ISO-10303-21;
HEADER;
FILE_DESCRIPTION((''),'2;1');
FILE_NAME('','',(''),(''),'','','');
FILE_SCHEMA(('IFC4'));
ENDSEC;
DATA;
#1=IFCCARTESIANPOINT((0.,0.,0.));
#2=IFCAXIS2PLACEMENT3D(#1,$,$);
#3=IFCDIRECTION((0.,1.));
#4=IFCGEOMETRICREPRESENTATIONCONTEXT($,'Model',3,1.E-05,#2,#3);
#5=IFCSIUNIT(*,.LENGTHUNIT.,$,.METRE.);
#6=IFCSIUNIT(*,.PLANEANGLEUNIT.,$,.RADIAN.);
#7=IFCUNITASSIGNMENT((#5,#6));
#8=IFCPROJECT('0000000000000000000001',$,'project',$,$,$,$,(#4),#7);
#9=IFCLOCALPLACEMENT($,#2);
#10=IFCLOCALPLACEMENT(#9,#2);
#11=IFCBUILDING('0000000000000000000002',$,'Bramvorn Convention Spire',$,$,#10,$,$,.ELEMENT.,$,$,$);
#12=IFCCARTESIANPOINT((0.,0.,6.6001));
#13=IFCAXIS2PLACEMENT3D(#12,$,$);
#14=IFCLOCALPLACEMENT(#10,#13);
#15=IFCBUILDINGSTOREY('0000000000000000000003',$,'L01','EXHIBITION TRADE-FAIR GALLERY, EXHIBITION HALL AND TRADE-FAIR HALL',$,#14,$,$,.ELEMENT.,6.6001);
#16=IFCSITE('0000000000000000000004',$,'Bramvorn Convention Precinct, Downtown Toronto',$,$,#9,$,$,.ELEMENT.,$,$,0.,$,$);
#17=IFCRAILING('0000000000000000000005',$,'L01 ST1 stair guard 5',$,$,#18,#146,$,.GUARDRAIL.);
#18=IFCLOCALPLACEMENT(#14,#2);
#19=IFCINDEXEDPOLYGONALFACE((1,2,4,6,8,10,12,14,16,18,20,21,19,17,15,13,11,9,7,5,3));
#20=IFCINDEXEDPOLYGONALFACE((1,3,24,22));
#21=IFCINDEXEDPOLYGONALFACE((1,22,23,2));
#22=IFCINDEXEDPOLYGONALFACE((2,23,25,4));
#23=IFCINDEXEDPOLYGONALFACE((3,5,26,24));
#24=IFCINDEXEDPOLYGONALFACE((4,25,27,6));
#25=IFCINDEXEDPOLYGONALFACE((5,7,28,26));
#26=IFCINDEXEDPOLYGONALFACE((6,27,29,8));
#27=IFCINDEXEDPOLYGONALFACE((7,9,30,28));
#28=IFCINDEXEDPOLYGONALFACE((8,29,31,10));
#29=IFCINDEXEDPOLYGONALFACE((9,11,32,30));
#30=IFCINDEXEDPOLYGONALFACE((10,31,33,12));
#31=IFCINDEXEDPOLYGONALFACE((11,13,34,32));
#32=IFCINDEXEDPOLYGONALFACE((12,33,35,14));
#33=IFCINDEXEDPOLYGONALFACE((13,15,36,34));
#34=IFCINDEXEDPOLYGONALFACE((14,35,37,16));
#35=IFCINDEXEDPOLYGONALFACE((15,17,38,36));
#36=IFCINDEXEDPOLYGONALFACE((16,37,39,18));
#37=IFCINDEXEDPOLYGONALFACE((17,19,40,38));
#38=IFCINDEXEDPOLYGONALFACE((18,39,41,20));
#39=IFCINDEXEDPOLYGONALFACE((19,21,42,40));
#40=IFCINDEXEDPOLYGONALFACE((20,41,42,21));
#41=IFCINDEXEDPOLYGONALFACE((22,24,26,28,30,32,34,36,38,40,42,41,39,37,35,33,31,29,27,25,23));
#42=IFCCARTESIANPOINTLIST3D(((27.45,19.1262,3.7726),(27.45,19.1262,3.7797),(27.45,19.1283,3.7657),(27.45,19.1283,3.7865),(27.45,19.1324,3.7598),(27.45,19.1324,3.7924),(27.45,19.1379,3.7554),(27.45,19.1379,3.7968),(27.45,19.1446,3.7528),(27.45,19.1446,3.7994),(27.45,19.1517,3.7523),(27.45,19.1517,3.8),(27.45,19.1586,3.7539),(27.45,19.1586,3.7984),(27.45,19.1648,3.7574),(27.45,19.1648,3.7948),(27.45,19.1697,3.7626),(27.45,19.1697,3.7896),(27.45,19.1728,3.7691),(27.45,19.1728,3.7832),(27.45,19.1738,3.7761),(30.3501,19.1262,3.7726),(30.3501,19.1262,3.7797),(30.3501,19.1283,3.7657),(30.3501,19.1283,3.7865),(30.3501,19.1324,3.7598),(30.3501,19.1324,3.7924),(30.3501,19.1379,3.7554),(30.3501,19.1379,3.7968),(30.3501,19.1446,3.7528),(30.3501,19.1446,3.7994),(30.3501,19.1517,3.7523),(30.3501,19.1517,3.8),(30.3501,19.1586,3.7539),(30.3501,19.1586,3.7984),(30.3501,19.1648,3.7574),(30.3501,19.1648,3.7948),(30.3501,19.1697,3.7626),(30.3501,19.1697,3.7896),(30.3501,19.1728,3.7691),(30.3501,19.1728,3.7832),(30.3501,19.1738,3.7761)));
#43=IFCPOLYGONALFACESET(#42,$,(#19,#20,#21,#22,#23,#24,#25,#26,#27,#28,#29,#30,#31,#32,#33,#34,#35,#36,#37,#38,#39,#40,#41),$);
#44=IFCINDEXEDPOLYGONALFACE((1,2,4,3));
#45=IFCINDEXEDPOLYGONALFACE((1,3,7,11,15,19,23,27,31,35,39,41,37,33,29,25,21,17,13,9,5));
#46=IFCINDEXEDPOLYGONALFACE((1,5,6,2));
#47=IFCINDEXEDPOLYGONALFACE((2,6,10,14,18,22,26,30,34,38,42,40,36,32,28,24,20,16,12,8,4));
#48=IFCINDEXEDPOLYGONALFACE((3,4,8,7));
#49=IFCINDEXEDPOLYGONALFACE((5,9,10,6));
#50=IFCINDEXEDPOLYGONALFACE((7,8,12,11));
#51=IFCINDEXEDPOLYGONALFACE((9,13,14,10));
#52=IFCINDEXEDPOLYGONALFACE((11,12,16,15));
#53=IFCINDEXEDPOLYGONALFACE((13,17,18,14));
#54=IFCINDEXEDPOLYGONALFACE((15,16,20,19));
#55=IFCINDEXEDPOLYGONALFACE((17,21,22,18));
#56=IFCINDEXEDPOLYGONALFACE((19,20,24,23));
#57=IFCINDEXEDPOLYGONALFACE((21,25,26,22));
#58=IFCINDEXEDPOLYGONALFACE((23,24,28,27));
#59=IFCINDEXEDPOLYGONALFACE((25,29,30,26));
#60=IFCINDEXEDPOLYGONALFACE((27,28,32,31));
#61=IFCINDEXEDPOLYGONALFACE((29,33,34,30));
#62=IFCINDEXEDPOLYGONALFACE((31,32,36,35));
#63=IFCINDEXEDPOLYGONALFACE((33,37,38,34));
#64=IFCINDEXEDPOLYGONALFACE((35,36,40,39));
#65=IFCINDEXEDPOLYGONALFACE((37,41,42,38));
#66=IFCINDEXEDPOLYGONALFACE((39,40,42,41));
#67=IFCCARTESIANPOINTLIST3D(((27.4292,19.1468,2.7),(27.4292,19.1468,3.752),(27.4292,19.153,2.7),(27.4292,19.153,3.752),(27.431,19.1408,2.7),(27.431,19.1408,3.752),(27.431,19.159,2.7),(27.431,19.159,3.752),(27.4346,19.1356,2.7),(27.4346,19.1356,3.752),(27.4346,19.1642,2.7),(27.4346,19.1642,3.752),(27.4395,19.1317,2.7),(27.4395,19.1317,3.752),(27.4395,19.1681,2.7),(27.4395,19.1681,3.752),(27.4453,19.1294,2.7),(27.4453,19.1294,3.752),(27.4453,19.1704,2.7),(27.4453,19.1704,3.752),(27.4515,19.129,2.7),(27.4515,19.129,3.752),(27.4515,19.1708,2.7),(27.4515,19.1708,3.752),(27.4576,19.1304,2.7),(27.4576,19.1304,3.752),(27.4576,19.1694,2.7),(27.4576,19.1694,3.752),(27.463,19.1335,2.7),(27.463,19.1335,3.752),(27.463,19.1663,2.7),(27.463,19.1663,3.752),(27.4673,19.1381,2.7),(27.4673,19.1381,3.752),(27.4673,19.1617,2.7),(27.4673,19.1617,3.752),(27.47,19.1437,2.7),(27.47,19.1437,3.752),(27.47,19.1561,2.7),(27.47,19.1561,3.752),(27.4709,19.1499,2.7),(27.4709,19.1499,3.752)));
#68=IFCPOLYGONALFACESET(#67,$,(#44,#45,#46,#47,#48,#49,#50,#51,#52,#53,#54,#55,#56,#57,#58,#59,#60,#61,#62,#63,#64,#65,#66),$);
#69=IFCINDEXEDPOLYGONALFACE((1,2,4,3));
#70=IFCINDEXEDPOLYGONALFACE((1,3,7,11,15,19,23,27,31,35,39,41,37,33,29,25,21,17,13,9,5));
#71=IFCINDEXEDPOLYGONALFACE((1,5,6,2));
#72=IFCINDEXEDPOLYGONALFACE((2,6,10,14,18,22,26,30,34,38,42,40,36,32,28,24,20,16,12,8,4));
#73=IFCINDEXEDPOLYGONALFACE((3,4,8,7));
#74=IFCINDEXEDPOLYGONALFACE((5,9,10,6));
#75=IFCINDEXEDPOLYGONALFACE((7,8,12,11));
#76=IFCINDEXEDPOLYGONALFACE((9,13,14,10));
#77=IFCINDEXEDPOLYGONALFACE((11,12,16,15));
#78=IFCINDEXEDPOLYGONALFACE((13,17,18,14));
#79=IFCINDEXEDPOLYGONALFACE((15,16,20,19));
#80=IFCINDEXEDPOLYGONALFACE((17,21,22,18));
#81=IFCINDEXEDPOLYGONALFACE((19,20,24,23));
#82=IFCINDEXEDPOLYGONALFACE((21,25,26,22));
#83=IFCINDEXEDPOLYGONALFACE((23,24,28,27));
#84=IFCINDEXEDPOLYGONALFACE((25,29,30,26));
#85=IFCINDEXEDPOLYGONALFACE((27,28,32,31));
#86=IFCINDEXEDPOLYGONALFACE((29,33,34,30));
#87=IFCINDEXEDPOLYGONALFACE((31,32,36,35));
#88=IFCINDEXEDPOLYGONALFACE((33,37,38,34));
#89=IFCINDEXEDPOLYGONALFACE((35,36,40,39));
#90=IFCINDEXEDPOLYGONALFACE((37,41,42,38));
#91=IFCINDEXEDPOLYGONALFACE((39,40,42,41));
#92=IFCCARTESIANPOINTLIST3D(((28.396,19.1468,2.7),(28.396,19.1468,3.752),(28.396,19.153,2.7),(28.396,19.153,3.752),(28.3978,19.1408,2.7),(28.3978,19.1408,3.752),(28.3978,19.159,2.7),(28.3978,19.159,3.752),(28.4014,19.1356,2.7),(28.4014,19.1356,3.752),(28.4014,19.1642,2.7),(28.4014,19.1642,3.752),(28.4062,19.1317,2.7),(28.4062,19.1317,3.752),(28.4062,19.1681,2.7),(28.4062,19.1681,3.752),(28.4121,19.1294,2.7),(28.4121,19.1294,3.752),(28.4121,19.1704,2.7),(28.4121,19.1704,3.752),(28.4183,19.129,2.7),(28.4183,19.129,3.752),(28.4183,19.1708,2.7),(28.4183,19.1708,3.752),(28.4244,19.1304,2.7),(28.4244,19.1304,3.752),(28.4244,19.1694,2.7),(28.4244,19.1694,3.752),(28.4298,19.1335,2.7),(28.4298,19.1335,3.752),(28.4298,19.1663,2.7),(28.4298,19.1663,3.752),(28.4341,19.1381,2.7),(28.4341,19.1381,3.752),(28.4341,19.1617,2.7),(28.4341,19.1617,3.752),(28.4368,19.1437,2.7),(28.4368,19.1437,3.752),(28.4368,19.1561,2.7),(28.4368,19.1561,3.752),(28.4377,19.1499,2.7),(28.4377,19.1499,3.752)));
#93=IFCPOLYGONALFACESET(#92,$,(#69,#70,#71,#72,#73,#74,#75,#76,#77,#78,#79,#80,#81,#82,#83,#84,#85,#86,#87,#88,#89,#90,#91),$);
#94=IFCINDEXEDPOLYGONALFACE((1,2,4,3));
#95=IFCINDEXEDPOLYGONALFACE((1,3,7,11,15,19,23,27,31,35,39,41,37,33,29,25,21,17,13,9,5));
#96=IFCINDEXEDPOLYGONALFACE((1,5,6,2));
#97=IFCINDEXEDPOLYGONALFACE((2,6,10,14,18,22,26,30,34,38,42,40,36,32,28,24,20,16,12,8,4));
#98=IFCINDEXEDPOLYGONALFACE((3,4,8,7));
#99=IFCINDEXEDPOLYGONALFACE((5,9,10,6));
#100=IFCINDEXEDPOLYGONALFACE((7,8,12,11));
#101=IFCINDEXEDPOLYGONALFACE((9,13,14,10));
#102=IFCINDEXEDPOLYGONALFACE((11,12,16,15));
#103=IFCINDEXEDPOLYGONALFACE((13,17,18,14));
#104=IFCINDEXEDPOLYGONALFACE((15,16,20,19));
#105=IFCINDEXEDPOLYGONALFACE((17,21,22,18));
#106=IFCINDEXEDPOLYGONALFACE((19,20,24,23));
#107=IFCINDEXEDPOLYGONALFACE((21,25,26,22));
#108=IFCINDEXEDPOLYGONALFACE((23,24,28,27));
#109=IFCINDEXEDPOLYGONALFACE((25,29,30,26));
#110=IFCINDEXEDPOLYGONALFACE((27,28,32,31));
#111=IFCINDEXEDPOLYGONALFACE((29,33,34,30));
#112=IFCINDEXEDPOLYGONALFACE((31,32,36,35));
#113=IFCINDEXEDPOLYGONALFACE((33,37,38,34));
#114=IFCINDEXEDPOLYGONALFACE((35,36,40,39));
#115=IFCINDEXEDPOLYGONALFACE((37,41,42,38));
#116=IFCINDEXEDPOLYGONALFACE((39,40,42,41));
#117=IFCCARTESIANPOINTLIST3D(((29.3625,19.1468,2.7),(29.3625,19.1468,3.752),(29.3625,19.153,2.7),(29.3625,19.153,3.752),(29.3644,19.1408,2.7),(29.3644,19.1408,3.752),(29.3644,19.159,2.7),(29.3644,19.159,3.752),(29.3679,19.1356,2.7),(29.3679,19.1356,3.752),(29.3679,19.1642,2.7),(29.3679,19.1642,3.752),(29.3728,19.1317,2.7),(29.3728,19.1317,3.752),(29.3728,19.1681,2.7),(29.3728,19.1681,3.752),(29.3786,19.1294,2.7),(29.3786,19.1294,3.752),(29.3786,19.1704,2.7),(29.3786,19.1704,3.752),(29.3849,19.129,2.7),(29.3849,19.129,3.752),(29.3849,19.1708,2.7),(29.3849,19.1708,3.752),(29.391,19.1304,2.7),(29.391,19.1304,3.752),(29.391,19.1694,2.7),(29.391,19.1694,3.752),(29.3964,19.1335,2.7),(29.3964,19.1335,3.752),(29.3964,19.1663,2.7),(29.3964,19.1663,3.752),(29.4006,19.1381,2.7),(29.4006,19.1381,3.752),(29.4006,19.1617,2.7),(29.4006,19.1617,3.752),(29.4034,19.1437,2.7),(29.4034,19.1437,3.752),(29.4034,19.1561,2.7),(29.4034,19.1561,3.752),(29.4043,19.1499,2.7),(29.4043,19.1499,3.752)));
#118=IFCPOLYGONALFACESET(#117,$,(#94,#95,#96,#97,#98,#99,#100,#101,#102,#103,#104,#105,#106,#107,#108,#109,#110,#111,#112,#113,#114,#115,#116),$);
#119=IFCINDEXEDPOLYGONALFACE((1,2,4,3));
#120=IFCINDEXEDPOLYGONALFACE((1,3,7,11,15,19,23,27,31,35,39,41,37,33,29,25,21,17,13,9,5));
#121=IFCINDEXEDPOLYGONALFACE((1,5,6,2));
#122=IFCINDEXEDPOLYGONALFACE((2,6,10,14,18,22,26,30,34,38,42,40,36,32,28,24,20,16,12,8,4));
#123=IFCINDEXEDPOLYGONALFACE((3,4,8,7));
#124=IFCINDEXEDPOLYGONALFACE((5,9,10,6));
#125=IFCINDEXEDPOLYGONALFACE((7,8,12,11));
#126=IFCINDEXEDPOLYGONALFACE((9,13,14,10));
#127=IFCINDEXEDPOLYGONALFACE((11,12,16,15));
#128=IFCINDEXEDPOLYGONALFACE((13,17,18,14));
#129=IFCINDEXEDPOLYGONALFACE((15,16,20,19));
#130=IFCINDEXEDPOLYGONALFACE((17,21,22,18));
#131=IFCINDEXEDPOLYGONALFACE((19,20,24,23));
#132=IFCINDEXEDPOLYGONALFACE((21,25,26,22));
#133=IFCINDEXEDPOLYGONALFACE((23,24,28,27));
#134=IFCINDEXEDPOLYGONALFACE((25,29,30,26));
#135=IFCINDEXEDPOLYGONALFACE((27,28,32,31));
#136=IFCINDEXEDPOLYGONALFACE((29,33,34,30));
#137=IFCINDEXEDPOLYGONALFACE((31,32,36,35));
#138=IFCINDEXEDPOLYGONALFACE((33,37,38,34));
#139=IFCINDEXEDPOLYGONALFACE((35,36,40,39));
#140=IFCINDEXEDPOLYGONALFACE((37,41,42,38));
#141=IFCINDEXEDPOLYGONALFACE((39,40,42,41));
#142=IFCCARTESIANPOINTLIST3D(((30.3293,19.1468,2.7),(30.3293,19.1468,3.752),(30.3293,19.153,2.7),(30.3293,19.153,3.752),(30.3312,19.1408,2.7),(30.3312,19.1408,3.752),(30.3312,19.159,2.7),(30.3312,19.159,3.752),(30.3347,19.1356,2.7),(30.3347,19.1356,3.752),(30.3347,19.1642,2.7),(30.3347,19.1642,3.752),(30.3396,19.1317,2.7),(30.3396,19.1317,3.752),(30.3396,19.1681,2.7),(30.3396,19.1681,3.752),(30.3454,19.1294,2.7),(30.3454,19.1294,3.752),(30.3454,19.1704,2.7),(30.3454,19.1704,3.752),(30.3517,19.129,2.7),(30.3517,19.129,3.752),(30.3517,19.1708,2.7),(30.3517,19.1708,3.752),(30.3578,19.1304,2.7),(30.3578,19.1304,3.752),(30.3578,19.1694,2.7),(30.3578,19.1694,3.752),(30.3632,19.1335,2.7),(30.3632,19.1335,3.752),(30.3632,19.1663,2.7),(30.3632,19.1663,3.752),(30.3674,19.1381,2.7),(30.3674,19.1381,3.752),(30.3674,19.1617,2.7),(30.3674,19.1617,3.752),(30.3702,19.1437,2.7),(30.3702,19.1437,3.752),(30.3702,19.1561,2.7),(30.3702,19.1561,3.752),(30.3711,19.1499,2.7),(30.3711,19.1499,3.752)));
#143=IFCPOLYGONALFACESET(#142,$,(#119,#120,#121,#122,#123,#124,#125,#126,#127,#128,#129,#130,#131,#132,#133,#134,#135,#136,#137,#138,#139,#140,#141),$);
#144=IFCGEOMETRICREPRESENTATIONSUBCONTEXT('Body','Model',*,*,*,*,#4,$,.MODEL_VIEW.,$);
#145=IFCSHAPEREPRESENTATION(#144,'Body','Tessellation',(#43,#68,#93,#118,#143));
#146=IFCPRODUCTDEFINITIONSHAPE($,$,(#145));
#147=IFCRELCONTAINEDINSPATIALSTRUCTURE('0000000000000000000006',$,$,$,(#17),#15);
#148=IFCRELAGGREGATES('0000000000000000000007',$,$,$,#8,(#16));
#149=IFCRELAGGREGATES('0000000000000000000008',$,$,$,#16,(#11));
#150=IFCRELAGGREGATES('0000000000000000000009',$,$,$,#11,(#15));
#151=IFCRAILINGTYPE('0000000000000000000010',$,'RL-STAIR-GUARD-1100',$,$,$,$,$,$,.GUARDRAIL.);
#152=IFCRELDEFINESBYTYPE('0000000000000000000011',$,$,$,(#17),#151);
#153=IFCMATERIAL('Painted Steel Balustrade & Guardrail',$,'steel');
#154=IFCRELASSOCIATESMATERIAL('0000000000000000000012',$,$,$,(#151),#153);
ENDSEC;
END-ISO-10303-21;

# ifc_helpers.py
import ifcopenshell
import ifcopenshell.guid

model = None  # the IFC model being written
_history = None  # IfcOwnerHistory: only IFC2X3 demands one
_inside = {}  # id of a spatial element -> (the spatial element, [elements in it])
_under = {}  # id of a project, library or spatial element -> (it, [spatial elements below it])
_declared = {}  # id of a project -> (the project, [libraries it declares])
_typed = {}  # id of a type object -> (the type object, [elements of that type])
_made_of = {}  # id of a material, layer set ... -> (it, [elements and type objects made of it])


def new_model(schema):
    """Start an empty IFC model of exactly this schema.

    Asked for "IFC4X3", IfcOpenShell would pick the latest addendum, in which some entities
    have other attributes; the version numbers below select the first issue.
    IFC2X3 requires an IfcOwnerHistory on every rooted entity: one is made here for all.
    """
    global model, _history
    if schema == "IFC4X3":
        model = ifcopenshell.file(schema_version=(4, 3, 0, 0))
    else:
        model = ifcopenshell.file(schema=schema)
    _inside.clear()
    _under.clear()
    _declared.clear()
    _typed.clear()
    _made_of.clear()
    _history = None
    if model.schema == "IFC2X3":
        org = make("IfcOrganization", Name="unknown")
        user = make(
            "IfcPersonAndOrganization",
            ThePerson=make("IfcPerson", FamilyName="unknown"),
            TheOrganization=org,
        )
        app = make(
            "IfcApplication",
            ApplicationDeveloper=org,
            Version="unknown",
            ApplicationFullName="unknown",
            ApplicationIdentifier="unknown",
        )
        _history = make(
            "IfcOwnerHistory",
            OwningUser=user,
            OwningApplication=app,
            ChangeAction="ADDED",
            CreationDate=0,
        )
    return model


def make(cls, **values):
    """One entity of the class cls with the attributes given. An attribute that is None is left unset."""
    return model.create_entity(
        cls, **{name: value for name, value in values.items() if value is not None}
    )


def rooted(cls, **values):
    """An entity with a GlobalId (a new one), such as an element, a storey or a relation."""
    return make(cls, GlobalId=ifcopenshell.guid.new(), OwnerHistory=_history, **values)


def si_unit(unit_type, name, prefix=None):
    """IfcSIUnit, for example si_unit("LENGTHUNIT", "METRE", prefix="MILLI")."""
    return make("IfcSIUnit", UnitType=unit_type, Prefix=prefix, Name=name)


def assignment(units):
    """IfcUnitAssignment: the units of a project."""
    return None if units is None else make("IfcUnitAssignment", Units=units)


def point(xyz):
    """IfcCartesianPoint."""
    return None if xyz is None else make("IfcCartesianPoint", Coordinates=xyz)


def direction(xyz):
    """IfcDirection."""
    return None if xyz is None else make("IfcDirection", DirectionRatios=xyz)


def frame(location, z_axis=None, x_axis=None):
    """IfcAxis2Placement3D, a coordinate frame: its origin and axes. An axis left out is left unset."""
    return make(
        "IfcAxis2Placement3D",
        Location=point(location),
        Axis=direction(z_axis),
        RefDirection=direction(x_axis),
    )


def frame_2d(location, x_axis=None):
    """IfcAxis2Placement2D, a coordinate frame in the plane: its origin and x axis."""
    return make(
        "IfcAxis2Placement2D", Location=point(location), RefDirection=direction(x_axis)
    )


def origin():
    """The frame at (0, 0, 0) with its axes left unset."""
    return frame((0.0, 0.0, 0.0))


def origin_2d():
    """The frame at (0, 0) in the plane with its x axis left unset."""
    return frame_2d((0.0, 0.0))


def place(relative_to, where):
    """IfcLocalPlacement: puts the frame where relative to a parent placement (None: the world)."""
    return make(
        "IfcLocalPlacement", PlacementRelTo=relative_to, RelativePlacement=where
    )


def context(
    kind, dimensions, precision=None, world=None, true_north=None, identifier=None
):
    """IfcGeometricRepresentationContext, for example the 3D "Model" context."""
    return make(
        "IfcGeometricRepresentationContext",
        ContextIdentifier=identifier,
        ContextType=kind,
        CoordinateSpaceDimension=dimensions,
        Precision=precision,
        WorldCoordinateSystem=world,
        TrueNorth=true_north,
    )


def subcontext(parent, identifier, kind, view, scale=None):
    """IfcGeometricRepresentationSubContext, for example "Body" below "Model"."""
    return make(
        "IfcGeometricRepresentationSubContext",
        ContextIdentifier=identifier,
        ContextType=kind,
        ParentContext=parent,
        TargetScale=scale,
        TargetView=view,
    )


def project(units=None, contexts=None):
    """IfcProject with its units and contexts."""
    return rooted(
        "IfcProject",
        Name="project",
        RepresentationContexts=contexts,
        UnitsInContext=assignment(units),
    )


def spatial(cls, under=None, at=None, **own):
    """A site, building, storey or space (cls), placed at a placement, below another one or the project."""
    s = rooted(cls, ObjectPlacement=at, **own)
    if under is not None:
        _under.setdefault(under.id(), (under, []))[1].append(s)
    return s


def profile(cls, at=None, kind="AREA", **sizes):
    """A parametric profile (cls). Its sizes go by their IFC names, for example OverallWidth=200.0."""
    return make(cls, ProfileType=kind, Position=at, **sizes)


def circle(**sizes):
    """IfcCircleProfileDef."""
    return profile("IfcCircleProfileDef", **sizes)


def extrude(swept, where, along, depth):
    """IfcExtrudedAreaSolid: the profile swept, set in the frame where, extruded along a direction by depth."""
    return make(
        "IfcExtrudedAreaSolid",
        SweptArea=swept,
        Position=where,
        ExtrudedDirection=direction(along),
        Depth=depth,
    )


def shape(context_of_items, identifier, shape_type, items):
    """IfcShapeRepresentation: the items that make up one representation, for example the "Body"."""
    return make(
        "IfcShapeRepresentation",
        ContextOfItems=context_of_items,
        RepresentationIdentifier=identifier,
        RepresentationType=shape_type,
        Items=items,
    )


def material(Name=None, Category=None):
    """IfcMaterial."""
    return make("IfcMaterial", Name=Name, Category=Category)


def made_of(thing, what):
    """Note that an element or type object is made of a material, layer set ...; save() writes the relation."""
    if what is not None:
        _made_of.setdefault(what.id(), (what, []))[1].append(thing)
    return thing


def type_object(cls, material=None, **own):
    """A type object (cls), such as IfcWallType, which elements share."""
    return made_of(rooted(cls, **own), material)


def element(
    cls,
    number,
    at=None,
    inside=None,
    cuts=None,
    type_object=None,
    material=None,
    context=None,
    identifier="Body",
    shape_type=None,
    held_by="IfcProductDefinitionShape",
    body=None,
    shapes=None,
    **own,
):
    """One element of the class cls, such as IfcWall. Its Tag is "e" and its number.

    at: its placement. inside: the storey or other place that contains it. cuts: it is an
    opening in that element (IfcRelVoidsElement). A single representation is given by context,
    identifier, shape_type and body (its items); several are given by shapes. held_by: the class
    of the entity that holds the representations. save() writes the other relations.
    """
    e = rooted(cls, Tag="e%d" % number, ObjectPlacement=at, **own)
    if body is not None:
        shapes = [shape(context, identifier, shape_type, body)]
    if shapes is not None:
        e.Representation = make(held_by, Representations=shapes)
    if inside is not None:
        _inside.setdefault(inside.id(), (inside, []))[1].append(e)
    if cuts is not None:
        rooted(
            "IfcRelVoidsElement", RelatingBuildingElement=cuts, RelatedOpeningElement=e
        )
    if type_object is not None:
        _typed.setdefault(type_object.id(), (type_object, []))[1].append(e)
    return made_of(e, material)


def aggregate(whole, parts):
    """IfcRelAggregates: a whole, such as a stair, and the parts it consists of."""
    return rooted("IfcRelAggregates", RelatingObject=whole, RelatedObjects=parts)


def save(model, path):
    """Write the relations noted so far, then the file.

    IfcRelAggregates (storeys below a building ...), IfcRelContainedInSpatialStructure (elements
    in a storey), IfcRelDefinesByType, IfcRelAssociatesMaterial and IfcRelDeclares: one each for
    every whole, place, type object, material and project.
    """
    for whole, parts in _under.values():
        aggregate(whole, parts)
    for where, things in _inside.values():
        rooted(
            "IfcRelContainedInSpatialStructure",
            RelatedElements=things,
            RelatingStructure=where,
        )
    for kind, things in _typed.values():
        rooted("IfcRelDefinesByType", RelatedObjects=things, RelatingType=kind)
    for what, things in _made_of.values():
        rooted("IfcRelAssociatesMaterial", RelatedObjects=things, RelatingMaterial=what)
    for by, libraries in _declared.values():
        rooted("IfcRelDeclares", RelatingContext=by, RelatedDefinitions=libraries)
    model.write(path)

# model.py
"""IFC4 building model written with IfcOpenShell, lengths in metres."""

from ifc_helpers import new_model, si_unit, direction, frame, origin, origin_2d, place, context, subcontext, project, spatial, circle, extrude, material, type_object, element, save


model = new_model("IFC4")

# Units and contexts
model_context = context("Model", 3, precision=1e-05, world=origin(), true_north=direction((0.0, 1.0)))
body_context = subcontext(model_context, "Body", "Model", "MODEL_VIEW")
ifc_project = project(units=[si_unit("LENGTHUNIT", "METRE"), si_unit("PLANEANGLEUNIT", "RADIAN")], contexts=[model_context])

# Site, building, storey
site_placement = place(None, origin())
site = spatial("IfcSite", under=ifc_project, at=site_placement, Name="Bramvorn Convention Precinct, Downtown Toronto", CompositionType="ELEMENT", RefElevation=0.0)
building_placement = place(site_placement, origin())
building = spatial("IfcBuilding", under=site, at=building_placement, Name="Bramvorn Convention Spire", CompositionType="ELEMENT")
storey_placement = place(building_placement, frame((0.0, 0.0, 6.6001)))
storey = spatial("IfcBuildingStorey", under=building, at=storey_placement, Name="L01", Description="EXHIBITION TRADE-FAIR GALLERY, EXHIBITION HALL AND TRADE-FAIR HALL", CompositionType="ELEMENT", Elevation=6.6001)

# Railing
ifc_material_1 = material(Name="Painted Steel Balustrade & Guardrail", Category="steel")
railing_type = type_object("IfcRailingType", Name="RL-STAIR-GUARD-1100", PredefinedType="GUARDRAIL", material=ifc_material_1)
railing_1_placement = place(storey_placement, frame((27.45, 19.1499, 2.7)))
element("IfcRailing", 1, at=railing_1_placement, inside=storey, type_object=railing_type, Name="L01 ST1 stair guard 5", PredefinedType="GUARDRAIL", context=body_context, shape_type="SweptSolid", body=[
    extrude(circle(Radius=0.0239, at=origin_2d()), frame((0.0, 0.0, 1.0762), z_axis=(1.0, 0.0, 0.0), x_axis=(0.0, 1.0, 0.0)), (0.0, 0.0, 1.0), 2.9001),
    extrude(circle(Radius=0.021, at=origin_2d()), origin(), (0.0, 0.0, 1.0), 1.052),
    extrude(circle(Radius=0.021, at=origin_2d()), frame((0.9668, 0.0, 0.0)), (0.0, 0.0, 1.0), 1.052),
    extrude(circle(Radius=0.021, at=origin_2d()), frame((1.9333, 0.0, 0.0)), (0.0, 0.0, 1.0), 1.052),
    extrude(circle(Radius=0.021, at=origin_2d()), frame((2.9001, 0.0, 0.0)), (0.0, 0.0, 1.0), 1.052),
])

save(model, "model.ifc")
